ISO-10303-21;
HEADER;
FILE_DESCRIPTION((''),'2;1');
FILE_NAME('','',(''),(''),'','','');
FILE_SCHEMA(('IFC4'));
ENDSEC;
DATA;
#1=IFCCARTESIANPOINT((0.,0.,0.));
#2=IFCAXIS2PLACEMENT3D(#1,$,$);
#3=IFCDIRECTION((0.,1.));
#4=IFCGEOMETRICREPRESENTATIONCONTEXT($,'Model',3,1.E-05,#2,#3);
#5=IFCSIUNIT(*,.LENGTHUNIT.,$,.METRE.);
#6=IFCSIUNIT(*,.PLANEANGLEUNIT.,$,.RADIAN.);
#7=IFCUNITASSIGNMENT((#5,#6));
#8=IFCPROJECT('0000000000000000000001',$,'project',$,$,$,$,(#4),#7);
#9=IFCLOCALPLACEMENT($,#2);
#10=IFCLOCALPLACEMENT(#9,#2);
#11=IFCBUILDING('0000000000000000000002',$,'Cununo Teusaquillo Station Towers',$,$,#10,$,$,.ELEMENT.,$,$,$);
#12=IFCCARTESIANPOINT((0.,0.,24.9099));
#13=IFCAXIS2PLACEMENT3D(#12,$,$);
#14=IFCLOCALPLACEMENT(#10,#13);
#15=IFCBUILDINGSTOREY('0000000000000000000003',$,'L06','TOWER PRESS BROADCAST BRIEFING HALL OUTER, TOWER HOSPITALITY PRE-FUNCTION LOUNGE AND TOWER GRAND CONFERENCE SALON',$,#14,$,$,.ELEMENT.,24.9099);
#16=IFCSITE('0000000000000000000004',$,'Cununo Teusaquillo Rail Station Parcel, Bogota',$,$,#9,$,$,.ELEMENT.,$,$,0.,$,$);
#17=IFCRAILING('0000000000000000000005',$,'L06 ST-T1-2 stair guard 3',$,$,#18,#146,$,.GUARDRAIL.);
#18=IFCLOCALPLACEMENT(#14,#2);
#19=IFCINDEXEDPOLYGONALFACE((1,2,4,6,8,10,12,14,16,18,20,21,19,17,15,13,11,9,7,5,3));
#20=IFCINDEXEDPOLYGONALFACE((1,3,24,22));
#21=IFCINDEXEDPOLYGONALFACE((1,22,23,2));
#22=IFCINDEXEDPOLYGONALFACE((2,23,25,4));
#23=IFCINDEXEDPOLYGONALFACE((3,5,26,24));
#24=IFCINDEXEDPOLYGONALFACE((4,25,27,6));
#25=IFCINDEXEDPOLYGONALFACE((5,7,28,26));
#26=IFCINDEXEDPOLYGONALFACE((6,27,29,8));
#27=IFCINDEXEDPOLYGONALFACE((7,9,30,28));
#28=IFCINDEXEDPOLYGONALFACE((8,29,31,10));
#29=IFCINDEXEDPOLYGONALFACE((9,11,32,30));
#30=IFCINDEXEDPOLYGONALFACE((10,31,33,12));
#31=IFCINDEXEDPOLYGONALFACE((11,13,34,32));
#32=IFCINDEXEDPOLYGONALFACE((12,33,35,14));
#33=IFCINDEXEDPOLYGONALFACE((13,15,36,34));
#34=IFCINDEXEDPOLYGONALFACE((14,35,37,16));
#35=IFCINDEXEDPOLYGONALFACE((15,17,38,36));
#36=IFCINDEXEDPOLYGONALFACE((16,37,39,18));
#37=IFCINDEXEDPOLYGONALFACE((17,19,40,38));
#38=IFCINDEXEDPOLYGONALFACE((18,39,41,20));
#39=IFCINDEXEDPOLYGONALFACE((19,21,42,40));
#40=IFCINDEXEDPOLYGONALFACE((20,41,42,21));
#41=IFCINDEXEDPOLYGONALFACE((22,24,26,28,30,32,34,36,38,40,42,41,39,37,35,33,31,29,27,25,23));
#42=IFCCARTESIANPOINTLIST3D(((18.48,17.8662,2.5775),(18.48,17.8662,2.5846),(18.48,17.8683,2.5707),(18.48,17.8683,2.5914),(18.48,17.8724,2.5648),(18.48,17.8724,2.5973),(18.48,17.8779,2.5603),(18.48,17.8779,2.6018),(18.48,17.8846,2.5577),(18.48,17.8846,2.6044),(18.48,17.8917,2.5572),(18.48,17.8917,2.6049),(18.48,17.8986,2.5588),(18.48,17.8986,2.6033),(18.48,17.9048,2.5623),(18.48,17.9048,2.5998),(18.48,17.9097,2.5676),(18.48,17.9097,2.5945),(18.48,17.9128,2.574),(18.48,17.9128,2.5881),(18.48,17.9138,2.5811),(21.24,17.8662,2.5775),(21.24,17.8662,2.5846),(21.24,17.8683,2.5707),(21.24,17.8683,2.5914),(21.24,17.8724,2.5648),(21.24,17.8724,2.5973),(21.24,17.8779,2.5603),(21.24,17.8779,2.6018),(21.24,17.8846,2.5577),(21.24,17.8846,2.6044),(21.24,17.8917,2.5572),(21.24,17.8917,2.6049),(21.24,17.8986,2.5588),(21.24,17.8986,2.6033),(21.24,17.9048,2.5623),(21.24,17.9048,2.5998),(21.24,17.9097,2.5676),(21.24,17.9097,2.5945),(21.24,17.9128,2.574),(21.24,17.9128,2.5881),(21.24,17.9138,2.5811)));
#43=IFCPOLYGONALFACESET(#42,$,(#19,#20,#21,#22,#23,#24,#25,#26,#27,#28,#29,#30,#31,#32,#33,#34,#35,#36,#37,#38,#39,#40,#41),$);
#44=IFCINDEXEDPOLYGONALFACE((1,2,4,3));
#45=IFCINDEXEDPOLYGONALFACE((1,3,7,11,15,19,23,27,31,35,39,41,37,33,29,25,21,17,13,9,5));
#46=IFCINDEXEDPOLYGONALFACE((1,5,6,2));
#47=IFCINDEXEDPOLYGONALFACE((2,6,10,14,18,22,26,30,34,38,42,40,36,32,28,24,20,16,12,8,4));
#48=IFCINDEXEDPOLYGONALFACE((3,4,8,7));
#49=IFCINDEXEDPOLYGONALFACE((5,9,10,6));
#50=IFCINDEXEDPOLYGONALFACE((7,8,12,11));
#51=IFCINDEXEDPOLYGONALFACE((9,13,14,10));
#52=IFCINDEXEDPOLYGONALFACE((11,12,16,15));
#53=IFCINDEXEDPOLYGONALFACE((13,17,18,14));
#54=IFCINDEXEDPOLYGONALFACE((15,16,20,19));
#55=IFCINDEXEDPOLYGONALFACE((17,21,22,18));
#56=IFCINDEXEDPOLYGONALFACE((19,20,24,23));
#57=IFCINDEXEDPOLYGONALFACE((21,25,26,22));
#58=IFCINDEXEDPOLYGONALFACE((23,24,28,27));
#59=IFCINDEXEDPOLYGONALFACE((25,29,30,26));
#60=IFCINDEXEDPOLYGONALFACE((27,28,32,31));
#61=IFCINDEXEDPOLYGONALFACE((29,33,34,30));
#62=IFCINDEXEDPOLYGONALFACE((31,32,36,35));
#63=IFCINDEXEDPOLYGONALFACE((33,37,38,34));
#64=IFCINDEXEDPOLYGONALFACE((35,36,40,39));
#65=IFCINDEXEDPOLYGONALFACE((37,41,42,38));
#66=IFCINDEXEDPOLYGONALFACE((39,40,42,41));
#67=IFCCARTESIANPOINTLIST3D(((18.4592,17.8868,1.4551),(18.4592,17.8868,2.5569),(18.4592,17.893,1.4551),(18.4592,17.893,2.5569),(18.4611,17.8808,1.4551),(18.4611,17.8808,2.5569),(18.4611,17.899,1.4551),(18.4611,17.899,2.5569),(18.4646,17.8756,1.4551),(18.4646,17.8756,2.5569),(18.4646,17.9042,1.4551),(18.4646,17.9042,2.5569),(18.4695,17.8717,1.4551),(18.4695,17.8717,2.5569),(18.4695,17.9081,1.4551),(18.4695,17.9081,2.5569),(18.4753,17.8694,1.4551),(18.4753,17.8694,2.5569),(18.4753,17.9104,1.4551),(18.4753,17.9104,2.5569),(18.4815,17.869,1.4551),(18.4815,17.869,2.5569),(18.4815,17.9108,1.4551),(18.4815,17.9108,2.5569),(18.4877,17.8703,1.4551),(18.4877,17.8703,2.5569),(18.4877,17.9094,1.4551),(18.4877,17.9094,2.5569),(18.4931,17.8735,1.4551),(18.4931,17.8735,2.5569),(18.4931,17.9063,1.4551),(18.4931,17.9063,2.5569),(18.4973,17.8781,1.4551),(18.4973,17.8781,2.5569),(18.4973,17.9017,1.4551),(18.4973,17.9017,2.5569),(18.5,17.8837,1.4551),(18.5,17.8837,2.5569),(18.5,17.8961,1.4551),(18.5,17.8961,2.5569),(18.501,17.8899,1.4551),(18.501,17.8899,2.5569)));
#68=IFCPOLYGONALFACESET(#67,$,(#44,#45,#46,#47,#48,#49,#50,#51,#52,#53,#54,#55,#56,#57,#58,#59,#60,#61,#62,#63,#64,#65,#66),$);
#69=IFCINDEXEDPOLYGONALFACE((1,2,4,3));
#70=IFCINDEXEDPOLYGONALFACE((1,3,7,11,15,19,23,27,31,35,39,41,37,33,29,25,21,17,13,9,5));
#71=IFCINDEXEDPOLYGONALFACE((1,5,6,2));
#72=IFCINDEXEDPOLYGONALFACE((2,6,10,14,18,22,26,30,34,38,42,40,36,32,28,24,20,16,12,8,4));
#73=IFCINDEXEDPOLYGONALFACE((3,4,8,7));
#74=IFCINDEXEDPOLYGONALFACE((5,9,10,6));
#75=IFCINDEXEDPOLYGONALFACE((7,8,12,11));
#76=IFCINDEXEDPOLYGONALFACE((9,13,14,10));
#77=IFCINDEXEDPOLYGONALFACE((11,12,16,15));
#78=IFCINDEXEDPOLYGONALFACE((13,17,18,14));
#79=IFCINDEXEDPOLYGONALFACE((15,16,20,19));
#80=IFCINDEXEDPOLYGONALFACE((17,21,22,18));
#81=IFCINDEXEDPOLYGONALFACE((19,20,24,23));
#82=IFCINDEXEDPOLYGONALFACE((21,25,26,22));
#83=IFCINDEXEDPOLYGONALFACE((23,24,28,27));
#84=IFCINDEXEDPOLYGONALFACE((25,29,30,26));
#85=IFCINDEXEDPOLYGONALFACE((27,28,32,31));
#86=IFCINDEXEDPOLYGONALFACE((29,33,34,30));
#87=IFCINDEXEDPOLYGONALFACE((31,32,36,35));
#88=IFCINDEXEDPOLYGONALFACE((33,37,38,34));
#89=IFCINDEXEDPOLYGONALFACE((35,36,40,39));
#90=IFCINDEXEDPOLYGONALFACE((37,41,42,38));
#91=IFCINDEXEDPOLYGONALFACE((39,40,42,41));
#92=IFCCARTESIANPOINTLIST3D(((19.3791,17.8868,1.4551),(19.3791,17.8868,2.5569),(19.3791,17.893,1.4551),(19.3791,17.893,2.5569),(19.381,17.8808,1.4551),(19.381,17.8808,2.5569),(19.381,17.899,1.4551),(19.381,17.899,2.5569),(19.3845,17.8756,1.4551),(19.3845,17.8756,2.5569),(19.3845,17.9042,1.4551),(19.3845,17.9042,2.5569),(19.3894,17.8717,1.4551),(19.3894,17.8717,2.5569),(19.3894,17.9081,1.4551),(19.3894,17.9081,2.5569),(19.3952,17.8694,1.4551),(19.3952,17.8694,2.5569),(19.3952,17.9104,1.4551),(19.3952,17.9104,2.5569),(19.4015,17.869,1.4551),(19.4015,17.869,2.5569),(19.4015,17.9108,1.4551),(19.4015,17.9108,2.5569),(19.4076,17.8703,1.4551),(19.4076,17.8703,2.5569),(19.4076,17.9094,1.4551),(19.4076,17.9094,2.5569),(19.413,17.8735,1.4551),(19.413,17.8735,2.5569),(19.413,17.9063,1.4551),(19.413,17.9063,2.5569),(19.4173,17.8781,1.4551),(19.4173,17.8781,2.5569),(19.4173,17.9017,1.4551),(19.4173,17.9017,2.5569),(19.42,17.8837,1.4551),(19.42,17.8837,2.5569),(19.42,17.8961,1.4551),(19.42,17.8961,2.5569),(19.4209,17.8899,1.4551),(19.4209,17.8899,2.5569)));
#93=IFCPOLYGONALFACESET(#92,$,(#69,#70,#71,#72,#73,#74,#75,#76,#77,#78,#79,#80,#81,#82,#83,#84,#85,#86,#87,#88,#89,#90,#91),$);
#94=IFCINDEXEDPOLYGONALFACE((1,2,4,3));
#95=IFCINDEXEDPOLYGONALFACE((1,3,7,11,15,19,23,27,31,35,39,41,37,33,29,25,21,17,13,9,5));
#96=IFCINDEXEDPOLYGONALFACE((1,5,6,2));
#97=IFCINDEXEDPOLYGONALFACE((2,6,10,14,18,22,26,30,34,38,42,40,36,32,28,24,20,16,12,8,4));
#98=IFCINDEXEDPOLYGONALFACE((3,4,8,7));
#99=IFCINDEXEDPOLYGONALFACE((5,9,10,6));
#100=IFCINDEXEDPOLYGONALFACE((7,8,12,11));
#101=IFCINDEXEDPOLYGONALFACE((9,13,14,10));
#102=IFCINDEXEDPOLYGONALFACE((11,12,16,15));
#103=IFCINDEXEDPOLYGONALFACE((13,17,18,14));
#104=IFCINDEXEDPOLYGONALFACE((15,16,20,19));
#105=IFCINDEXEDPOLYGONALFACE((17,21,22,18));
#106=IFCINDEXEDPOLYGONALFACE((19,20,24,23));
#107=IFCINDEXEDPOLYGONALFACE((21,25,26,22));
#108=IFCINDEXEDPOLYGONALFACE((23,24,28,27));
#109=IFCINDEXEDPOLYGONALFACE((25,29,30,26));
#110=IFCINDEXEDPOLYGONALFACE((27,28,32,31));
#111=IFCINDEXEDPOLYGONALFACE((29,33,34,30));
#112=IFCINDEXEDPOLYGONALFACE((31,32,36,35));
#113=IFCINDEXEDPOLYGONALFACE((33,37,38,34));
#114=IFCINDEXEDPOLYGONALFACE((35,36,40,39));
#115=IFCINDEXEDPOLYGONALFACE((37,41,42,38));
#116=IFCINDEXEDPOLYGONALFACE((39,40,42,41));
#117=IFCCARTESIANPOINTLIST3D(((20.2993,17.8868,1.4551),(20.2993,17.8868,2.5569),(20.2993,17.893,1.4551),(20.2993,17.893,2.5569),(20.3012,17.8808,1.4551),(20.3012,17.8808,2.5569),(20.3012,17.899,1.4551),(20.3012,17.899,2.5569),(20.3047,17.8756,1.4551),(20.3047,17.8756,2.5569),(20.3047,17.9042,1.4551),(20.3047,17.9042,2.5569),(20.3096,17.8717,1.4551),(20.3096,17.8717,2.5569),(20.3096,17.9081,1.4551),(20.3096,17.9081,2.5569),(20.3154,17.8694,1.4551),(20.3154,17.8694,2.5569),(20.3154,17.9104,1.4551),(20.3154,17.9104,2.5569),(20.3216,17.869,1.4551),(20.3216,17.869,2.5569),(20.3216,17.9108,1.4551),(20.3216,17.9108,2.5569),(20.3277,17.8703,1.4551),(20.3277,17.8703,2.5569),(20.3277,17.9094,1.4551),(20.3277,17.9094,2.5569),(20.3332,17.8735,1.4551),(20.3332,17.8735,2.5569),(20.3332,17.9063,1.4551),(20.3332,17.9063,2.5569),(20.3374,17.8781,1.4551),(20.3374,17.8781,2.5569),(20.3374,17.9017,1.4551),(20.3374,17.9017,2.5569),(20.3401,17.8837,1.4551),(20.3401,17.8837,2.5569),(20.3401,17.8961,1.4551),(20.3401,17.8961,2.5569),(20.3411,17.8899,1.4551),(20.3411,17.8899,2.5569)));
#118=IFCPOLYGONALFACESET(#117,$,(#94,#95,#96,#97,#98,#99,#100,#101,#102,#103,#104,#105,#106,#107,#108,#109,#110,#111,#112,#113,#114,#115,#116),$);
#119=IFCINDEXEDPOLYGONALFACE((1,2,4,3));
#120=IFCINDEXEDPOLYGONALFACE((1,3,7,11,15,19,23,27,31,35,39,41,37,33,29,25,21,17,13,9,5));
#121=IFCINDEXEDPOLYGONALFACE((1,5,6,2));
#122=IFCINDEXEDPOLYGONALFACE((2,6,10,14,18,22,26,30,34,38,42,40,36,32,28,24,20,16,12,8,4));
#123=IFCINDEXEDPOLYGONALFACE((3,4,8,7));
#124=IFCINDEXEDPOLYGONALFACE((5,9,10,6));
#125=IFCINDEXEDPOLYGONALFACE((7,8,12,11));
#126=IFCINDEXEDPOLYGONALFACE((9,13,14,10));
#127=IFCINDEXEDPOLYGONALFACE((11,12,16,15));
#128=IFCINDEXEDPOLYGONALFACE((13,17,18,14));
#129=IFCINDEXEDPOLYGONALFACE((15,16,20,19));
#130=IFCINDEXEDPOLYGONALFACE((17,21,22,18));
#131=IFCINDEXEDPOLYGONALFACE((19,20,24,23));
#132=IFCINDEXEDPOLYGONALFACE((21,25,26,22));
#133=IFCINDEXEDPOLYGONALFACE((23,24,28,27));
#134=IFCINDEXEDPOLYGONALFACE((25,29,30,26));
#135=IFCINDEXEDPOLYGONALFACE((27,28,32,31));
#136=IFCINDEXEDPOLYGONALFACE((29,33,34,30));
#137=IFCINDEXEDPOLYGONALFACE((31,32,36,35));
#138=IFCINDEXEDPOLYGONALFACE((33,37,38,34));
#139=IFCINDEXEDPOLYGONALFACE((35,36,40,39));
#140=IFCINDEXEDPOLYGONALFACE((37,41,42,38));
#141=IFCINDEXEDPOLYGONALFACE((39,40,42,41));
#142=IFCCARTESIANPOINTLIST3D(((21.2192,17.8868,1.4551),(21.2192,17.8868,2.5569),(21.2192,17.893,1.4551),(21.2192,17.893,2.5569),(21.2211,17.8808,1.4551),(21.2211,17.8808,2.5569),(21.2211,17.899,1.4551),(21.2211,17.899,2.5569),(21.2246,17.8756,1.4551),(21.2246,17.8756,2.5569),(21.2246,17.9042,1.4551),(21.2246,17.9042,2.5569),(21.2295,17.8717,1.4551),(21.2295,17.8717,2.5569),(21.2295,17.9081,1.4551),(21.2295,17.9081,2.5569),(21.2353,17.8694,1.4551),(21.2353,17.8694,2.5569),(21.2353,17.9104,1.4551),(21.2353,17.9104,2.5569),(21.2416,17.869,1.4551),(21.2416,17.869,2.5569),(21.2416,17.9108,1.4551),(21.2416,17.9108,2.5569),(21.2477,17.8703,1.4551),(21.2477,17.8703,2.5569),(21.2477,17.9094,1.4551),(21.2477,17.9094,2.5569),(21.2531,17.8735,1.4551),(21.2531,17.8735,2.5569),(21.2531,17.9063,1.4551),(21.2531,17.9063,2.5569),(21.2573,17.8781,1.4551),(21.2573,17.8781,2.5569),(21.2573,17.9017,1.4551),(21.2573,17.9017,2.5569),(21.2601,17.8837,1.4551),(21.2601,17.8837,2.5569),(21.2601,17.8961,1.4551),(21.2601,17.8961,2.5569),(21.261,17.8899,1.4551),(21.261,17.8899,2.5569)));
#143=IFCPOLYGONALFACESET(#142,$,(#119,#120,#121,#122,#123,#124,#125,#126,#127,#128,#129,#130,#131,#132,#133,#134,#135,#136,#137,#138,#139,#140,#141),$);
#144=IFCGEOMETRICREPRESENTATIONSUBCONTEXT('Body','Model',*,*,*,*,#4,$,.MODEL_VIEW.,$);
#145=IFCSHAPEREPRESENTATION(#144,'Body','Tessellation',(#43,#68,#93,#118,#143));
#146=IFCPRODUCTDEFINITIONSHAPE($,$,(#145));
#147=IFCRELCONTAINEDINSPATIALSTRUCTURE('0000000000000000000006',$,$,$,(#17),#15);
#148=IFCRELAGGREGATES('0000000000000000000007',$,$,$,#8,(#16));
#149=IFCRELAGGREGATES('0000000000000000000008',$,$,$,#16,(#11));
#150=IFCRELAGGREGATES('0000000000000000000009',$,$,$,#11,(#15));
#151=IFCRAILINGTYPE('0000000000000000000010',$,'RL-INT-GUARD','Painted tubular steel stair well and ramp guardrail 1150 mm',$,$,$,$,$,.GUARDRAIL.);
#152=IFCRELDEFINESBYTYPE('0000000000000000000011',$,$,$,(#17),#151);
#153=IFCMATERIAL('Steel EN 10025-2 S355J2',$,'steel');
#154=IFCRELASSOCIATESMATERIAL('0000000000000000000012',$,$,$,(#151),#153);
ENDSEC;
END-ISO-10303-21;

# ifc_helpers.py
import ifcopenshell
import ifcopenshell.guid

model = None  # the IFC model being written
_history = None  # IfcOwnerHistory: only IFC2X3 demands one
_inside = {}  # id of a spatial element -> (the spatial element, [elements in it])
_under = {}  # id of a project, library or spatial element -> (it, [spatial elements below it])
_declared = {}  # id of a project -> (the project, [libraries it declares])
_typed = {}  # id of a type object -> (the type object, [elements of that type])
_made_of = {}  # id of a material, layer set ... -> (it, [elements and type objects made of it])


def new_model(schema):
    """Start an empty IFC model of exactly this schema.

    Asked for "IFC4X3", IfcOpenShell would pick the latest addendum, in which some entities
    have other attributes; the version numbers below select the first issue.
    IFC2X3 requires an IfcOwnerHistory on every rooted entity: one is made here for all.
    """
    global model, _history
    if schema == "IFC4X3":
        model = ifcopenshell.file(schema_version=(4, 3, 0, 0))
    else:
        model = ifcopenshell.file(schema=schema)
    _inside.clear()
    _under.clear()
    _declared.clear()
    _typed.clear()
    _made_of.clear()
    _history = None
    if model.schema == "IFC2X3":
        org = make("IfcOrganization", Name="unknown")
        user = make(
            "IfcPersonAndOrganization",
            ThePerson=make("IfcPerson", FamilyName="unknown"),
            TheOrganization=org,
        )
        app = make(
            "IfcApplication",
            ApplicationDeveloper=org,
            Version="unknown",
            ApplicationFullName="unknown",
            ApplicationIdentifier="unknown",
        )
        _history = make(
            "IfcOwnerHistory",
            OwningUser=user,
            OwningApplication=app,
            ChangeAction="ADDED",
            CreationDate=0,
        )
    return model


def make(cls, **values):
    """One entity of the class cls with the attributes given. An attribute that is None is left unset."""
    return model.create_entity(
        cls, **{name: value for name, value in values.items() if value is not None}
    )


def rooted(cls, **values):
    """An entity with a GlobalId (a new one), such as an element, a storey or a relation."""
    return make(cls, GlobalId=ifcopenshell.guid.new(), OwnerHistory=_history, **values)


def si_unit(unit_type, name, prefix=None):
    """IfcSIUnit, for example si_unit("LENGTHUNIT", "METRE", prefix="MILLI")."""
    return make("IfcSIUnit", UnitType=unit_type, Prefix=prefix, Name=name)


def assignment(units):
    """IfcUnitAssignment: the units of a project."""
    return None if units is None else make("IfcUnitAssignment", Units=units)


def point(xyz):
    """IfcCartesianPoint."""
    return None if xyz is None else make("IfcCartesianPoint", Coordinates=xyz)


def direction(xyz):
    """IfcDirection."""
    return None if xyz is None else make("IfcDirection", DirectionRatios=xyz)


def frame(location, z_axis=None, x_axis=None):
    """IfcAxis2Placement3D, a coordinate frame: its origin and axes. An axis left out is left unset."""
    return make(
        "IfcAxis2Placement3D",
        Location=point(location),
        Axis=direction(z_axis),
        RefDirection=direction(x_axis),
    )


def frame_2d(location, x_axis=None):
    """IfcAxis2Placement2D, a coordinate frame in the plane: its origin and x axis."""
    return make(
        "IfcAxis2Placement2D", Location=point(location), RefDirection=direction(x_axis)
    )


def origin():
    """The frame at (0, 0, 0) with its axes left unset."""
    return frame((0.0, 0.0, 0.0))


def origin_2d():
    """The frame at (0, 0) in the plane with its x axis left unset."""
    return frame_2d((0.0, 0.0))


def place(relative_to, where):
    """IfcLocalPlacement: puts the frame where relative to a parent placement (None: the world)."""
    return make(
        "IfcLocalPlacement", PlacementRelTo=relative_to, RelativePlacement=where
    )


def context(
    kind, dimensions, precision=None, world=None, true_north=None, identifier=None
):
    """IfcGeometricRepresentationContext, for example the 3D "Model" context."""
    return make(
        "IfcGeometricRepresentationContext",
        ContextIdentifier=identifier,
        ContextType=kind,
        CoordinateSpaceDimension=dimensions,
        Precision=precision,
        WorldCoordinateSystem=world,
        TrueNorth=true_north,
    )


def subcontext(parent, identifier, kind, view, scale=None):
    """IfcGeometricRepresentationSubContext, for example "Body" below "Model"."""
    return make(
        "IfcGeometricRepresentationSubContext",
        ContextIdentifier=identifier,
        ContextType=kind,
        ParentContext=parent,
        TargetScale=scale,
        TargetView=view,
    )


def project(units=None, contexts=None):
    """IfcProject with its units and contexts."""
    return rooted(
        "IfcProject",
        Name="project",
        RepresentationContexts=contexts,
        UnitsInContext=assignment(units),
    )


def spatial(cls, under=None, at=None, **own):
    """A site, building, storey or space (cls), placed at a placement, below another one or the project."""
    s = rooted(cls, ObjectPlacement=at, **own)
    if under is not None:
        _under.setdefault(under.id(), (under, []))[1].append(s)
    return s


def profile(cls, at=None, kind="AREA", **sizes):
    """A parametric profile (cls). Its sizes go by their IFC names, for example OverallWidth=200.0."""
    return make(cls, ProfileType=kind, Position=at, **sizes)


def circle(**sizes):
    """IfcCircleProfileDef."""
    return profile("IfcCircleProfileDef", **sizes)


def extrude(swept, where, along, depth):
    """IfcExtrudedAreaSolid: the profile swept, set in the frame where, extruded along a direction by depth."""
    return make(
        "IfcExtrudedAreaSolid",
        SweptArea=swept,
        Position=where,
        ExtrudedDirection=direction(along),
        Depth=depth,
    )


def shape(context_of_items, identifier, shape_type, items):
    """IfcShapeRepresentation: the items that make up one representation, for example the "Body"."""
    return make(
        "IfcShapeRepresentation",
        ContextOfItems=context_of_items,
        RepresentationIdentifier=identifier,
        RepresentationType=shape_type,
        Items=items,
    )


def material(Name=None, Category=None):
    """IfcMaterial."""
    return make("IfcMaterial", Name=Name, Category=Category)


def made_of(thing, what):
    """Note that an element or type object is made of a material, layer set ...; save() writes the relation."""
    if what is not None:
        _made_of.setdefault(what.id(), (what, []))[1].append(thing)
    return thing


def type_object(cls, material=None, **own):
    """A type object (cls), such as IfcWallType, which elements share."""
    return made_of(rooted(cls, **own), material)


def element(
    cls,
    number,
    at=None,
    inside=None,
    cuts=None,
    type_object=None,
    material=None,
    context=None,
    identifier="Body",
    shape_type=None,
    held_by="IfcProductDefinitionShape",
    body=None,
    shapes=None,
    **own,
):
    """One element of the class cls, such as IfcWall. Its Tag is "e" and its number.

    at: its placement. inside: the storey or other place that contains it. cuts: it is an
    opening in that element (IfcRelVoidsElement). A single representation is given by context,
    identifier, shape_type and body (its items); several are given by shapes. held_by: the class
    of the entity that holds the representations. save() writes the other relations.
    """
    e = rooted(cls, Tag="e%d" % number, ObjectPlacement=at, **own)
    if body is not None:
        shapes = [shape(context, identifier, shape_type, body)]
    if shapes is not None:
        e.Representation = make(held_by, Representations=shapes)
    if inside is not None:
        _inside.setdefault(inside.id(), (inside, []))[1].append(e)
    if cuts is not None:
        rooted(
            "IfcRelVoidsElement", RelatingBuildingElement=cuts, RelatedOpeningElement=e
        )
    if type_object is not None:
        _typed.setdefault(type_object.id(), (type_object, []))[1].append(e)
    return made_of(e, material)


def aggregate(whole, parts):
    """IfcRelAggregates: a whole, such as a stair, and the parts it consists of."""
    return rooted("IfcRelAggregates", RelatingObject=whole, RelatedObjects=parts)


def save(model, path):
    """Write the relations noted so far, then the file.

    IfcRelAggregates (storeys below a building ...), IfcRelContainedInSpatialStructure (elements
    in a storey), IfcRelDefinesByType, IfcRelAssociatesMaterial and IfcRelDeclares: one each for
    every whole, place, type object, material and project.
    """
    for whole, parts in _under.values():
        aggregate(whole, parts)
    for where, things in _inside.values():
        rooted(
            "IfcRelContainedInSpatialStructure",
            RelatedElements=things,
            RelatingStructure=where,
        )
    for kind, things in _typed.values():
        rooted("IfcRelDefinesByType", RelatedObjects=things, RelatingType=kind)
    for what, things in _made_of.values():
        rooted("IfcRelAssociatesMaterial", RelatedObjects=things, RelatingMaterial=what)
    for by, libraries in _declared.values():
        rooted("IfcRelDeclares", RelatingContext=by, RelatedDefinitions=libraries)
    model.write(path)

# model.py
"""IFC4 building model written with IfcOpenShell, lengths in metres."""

from ifc_helpers import new_model, si_unit, direction, frame, origin, origin_2d, place, context, subcontext, project, spatial, circle, extrude, material, type_object, element, save


model = new_model("IFC4")

# Units and contexts
model_context = context("Model", 3, precision=1e-05, world=origin(), true_north=direction((0.0, 1.0)))
body_context = subcontext(model_context, "Body", "Model", "MODEL_VIEW")
ifc_project = project(units=[si_unit("LENGTHUNIT", "METRE"), si_unit("PLANEANGLEUNIT", "RADIAN")], contexts=[model_context])

# Site, building, storey
site_placement = place(None, origin())
site = spatial("IfcSite", under=ifc_project, at=site_placement, Name="Cununo Teusaquillo Rail Station Parcel, Bogota", CompositionType="ELEMENT", RefElevation=0.0)
building_placement = place(site_placement, origin())
building = spatial("IfcBuilding", under=site, at=building_placement, Name="Cununo Teusaquillo Station Towers", CompositionType="ELEMENT")
storey_placement = place(building_placement, frame((0.0, 0.0, 24.9099)))
storey = spatial("IfcBuildingStorey", under=building, at=storey_placement, Name="L06", Description="TOWER PRESS BROADCAST BRIEFING HALL OUTER, TOWER HOSPITALITY PRE-FUNCTION LOUNGE AND TOWER GRAND CONFERENCE SALON", CompositionType="ELEMENT", Elevation=24.9099)

# Railing
ifc_material_1 = material(Name="Steel EN 10025-2 S355J2", Category="steel")
railing_type_1 = type_object("IfcRailingType", Name="RL-INT-GUARD", Description="Painted tubular steel stair well and ramp guardrail 1150 mm", PredefinedType="GUARDRAIL", material=ifc_material_1)
railing_1_placement = place(storey_placement, frame((18.48, 17.8899, 1.4551)))
element("IfcRailing", 1, at=railing_1_placement, inside=storey, type_object=railing_type_1, Name="L06 ST-T1-2 stair guard 3", PredefinedType="GUARDRAIL", context=body_context, shape_type="SweptSolid", body=[
    extrude(circle(Radius=0.0239, at=origin_2d()), frame((0.0, 0.0, 1.126), z_axis=(1.0, 0.0, 0.0), x_axis=(0.0, 1.0, 0.0)), (0.0, 0.0, 1.0), 2.76),
    extrude(circle(Radius=0.021, at=origin_2d()), origin(), (0.0, 0.0, 1.0), 1.1018),
    extrude(circle(Radius=0.021, at=origin_2d()), frame((0.9199, 0.0, 0.0)), (0.0, 0.0, 1.0), 1.1018),
    extrude(circle(Radius=0.021, at=origin_2d()), frame((1.8401, 0.0, 0.0)), (0.0, 0.0, 1.0), 1.1018),
    extrude(circle(Radius=0.021, at=origin_2d()), frame((2.76, 0.0, 0.0)), (0.0, 0.0, 1.0), 1.1018),
])

save(model, "model.ifc")
